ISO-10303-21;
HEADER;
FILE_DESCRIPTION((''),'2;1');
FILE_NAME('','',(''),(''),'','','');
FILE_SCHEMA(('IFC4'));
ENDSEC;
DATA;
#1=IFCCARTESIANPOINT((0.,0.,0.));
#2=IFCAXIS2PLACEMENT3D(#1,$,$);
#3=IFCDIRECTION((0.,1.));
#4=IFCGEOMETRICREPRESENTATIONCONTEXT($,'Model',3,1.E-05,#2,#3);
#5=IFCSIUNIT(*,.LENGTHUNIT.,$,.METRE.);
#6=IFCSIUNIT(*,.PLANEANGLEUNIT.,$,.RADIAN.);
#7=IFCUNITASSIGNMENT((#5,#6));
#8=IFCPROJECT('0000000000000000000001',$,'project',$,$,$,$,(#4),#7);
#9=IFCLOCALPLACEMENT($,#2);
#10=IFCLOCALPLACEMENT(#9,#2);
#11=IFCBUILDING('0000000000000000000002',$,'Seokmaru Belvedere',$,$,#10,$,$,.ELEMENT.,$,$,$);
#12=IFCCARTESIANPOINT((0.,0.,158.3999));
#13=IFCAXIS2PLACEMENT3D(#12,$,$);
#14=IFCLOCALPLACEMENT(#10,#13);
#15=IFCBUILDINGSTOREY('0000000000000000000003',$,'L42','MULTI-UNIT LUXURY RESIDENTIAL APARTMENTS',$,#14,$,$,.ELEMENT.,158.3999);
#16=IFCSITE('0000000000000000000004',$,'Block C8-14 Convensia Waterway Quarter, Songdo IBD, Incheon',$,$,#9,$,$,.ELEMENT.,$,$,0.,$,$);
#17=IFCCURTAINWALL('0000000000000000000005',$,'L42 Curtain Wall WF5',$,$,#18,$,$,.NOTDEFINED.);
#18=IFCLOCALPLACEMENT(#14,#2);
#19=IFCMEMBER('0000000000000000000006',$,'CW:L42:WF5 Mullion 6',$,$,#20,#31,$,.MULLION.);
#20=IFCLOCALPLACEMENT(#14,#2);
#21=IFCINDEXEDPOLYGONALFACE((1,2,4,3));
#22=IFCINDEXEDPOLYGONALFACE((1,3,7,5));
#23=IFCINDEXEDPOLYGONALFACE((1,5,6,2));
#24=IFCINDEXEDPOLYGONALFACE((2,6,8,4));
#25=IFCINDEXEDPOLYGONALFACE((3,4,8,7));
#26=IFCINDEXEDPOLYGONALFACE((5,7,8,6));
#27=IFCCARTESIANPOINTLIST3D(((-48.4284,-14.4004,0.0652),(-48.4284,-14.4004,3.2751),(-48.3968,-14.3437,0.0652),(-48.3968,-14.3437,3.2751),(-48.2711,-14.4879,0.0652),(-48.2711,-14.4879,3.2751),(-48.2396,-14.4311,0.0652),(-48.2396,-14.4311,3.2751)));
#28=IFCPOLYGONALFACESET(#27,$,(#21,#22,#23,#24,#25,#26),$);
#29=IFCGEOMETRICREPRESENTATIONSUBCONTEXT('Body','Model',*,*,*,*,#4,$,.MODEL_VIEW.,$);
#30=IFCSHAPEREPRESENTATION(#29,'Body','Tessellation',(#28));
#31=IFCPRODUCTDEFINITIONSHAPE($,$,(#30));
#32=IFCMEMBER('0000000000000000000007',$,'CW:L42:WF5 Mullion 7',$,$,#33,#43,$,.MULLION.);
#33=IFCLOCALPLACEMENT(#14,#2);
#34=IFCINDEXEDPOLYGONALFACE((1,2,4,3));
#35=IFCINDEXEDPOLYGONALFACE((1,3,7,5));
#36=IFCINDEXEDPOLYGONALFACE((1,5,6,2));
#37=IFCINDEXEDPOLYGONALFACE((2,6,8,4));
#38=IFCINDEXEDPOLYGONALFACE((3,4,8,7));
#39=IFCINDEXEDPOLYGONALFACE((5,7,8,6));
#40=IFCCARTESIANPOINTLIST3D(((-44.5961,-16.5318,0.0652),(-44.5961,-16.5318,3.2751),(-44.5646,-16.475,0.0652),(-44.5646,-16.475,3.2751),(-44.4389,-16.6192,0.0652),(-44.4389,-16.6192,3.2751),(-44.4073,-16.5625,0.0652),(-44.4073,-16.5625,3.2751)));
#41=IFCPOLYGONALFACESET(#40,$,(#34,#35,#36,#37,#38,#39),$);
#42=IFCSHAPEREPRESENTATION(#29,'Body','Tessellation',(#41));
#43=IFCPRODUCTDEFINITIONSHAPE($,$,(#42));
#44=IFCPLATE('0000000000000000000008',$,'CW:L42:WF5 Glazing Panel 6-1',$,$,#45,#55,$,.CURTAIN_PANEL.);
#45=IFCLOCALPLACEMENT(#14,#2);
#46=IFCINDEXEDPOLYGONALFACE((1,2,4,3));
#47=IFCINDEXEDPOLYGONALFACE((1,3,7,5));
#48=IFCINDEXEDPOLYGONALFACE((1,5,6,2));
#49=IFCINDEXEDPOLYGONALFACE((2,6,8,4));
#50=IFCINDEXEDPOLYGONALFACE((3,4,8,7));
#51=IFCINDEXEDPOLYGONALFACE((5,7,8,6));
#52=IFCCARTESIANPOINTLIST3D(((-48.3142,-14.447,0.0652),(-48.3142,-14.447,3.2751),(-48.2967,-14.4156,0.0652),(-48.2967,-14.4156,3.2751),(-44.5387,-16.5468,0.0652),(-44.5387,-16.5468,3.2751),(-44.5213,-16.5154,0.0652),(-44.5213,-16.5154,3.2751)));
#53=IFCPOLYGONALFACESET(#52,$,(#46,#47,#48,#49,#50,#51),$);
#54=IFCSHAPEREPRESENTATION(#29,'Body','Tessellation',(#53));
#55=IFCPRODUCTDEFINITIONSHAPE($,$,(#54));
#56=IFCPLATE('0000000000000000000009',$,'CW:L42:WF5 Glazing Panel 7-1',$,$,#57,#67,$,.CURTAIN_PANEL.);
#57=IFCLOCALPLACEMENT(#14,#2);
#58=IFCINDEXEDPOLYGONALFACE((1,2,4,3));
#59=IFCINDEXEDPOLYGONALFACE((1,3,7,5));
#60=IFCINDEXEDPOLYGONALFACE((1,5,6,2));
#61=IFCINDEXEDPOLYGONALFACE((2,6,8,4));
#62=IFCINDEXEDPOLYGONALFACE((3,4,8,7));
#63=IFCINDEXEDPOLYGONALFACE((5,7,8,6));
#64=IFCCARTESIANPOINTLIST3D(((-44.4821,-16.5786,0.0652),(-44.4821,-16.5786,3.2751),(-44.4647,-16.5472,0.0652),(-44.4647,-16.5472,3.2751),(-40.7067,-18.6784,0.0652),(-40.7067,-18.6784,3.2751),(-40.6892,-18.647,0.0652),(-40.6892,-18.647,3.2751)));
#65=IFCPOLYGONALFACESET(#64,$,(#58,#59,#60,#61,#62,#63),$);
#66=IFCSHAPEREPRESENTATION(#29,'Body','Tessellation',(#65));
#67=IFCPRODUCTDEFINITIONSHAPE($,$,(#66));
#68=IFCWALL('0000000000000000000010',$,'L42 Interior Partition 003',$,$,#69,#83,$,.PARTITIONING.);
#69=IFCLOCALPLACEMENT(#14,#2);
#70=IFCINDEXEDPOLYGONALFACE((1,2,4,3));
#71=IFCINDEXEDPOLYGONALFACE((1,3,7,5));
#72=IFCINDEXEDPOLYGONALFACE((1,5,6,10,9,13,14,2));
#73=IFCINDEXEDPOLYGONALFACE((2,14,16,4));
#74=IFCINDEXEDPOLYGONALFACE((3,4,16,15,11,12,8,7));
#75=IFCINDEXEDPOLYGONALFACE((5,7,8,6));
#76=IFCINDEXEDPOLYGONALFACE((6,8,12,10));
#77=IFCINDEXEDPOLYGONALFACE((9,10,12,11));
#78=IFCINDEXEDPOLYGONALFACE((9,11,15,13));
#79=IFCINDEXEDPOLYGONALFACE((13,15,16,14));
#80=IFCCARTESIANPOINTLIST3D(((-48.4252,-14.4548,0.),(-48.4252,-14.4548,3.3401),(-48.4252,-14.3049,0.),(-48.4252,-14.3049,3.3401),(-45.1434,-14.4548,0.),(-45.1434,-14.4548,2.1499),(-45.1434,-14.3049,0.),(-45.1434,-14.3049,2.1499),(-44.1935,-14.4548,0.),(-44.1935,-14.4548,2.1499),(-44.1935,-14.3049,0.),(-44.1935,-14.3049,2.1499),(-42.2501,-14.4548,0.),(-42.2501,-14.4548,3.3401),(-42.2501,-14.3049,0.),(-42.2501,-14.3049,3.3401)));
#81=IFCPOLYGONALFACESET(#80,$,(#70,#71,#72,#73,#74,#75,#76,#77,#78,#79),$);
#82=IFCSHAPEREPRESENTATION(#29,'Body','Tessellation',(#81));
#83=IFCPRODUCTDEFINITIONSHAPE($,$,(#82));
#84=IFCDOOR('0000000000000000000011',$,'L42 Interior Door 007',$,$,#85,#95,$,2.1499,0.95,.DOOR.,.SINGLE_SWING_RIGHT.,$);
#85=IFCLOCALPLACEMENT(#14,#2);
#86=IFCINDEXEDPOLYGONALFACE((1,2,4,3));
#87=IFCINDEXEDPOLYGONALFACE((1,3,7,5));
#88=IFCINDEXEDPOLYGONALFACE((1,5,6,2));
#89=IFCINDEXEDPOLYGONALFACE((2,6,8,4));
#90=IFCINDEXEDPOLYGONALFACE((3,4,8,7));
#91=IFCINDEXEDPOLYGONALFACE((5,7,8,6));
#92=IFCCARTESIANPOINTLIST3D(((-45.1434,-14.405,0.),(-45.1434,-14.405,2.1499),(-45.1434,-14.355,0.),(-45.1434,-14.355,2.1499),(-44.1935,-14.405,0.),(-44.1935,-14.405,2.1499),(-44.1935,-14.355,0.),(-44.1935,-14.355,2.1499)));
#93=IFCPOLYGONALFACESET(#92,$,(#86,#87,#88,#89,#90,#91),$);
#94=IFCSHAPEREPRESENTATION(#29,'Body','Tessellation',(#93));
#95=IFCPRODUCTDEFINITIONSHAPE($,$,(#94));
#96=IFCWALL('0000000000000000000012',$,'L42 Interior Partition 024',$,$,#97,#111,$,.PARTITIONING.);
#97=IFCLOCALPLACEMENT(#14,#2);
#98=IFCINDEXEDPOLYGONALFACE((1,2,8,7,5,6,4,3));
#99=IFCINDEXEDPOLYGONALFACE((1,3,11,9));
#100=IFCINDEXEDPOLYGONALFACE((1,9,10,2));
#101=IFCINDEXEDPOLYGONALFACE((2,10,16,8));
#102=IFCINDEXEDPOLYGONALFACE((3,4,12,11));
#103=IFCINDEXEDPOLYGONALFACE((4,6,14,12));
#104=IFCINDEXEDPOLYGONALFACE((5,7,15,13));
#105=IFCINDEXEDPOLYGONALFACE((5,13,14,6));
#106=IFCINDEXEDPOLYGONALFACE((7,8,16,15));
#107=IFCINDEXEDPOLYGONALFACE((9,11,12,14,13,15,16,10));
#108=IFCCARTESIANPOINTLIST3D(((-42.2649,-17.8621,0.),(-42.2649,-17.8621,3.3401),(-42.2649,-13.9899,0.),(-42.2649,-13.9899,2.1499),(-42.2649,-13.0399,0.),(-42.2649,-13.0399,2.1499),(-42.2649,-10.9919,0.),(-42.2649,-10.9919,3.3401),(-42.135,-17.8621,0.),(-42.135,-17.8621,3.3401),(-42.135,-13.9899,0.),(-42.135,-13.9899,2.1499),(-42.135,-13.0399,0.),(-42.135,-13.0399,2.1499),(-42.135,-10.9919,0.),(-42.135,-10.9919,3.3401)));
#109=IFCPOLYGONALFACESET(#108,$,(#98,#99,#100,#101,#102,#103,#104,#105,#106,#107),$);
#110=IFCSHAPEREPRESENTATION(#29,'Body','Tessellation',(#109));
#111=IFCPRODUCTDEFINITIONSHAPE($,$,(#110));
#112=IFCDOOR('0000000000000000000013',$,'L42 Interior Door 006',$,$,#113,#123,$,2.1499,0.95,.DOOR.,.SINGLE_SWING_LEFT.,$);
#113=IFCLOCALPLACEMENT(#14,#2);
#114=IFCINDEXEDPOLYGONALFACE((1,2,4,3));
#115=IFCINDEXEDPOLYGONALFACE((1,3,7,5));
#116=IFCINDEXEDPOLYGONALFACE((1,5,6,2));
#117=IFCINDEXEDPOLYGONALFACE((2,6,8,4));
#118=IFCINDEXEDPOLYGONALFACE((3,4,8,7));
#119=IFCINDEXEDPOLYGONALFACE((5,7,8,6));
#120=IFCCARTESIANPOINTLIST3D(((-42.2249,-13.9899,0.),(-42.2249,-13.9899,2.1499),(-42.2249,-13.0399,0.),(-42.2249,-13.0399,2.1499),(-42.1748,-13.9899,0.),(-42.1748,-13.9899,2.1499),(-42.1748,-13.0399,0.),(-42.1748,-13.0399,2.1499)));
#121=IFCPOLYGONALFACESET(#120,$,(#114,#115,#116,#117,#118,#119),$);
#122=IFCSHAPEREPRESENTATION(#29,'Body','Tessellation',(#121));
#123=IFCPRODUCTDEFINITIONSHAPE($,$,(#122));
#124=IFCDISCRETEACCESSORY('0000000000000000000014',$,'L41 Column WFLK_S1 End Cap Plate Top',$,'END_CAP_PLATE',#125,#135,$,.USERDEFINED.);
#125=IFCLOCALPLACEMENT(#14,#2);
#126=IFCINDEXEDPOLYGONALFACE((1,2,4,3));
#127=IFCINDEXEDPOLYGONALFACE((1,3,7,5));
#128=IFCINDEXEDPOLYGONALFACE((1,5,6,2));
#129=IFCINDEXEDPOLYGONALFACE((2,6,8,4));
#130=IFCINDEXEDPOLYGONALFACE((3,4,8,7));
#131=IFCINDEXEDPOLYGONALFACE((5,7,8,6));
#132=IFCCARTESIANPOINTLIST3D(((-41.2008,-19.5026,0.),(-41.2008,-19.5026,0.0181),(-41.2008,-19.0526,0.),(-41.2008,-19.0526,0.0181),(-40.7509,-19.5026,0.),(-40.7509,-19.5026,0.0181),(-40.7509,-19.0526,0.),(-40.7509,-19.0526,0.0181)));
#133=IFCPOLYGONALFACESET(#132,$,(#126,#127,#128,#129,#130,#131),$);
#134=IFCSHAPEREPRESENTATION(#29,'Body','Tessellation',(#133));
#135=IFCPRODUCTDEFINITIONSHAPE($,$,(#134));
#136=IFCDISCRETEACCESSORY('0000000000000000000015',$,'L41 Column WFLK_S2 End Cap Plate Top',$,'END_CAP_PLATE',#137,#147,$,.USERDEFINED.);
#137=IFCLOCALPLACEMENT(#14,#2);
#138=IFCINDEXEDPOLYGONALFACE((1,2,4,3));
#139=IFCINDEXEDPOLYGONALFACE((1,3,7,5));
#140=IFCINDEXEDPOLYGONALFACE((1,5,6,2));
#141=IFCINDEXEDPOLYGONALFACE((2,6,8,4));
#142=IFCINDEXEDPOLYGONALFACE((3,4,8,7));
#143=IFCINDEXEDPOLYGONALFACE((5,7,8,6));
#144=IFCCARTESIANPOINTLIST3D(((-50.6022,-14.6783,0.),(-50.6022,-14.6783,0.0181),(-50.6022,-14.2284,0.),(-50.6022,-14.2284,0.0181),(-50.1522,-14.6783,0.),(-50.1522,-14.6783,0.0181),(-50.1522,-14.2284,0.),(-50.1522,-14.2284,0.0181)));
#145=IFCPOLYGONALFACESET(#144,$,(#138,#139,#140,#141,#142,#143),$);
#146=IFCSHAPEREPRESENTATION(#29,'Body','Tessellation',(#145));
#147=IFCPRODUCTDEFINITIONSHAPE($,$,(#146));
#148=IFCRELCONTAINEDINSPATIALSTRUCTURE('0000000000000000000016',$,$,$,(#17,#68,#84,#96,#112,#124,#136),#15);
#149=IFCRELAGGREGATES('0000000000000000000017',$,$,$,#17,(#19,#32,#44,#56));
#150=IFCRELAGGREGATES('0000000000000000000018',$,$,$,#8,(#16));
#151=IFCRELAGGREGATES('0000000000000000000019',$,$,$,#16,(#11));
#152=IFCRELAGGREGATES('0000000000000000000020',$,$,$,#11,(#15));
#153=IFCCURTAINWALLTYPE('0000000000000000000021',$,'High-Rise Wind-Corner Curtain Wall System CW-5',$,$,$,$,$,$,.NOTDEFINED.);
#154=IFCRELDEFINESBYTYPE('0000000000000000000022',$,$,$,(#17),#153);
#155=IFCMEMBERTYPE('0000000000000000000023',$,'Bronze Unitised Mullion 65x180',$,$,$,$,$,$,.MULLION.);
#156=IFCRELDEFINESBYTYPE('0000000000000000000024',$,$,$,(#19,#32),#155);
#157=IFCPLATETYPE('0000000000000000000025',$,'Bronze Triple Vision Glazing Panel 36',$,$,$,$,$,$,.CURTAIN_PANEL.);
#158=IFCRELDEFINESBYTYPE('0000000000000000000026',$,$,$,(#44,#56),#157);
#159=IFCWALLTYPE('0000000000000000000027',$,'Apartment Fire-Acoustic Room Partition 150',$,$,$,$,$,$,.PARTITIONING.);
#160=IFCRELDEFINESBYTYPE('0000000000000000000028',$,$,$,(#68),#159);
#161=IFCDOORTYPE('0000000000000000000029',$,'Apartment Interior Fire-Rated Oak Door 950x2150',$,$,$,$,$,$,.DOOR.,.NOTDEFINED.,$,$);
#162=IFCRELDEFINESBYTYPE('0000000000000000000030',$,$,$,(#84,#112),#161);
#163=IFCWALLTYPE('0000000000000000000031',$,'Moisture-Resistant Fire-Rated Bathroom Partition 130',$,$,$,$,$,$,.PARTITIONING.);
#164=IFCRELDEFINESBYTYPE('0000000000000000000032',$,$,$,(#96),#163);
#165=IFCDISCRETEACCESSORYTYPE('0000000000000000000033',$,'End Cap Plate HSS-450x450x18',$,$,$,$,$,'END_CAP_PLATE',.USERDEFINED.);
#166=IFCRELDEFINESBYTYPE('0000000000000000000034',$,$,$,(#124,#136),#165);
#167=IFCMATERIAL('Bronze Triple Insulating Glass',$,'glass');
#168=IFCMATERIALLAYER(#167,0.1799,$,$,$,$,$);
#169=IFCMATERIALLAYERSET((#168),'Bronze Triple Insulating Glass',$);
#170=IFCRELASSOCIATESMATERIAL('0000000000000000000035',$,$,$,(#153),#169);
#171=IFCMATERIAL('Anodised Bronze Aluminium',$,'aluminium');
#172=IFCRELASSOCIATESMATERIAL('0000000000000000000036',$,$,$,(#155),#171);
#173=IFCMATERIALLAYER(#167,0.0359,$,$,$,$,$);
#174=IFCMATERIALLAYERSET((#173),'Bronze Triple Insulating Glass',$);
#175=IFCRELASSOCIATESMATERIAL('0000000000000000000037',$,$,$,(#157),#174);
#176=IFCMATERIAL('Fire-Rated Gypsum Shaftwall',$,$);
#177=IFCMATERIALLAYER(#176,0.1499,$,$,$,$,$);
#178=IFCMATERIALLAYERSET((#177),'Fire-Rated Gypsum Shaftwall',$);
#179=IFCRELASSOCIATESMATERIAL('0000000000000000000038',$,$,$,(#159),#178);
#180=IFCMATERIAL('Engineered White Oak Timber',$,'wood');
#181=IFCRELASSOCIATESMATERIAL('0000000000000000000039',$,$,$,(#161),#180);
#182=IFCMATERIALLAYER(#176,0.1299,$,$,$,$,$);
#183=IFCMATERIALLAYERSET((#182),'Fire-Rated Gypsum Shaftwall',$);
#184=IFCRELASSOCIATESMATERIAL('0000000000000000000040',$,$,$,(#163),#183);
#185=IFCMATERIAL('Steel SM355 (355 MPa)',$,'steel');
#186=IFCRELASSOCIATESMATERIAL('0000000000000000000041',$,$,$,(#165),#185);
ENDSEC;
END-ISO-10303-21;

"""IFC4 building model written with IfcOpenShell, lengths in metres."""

from ifc_helpers import new_model, si_unit, direction, frame, frame_2d, origin, origin_2d, place, context, subcontext, project, spatial, rectangle, extrude, source, transform, mapped, material, layer, layer_set, material_profile, profile_set, type_object, type_shapes, element, fill, aggregate, save


model = new_model("IFC4")

# Units and contexts
model_context = context("Model", 3, precision=1e-05, world=origin(), true_north=direction((0.0, 1.0)))
body_context = subcontext(model_context, "Body", "Model", "MODEL_VIEW")
ifc_project = project(units=[si_unit("LENGTHUNIT", "METRE"), si_unit("PLANEANGLEUNIT", "RADIAN")], contexts=[model_context])

# Site, building, storey
site_placement = place(None, origin())
site = spatial("IfcSite", under=ifc_project, at=site_placement, Name="Block C8-14 Convensia Waterway Quarter, Songdo IBD, Incheon", CompositionType="ELEMENT", RefElevation=0.0)
building_placement = place(site_placement, origin())
building = spatial("IfcBuilding", under=site, at=building_placement, Name="Seokmaru Belvedere", CompositionType="ELEMENT")
storey_placement = place(building_placement, frame((0.0, 0.0, 158.3999)))
storey = spatial("IfcBuildingStorey", under=building, at=storey_placement, Name="L42", Description="MULTI-UNIT LUXURY RESIDENTIAL APARTMENTS", CompositionType="ELEMENT", Elevation=158.3999)

# Shared definitions
ifc_material_1 = material(Name="Steel SM355 (355 MPa)", Category="steel")

# Curtain wall, members, plates
ifc_material_2 = material(Name="Bronze Triple Insulating Glass", Category="glass")
ifc_layer_1 = layer(ifc_material_2, 0.1799)
ifc_layer_set_1 = layer_set([ifc_layer_1], Name="Bronze Triple Insulating Glass")
curtain_wall_type = type_object("IfcCurtainWallType", Name="High-Rise Wind-Corner Curtain Wall System CW-5", PredefinedType="NOTDEFINED", material=ifc_layer_set_1)
curtain_wall_placement = place(storey_placement, origin())
curtain_wall = element("IfcCurtainWall", 1, at=curtain_wall_placement, inside=storey, type_object=curtain_wall_type, Name="L42 Curtain Wall WF5", PredefinedType="NOTDEFINED")
ifc_material_3 = material(Name="Anodised Bronze Aluminium", Category="aluminium")
ifc_material_profile_1 = material_profile(ifc_material_3, rectangle(XDim=0.0649, YDim=0.1799, at=origin_2d()), Name="CW-M-65x180")
ifc_profile_set_1 = profile_set([ifc_material_profile_1], Name="Anodised Bronze Aluminium")
member_type = type_object("IfcMemberType", Name="Bronze Unitised Mullion 65x180", PredefinedType="MULLION", material=ifc_profile_set_1)
shared_shape_1 = source(origin(), body_context, "Body", "SweptSolid", [
    extrude(rectangle(XDim=0.0649, YDim=0.1799, at=origin_2d()), origin(), (0.0, 0.0, 1.0), 3.21),
])
type_shapes(member_type, [shared_shape_1])
member_1_placement = place(storey_placement, frame((-48.334, -14.4158, 0.0652), z_axis=(0.0, 0.0, 1.0), x_axis=(0.486047, 0.873933, 0.0)))
member_1 = element("IfcMember", 2, at=member_1_placement, type_object=member_type, Name="CW:L42:WF5 Mullion 6", PredefinedType="MULLION", context=body_context, shape_type="MappedRepresentation", body=[
    mapped(shared_shape_1, transform((0.0, 0.0, 0.0), scale=1.0)),
])
member_2_placement = place(storey_placement, frame((-44.5017, -16.5471, 0.0652), z_axis=(0.0, 0.0, 1.0), x_axis=(0.486047, 0.873933, 0.0)))
member_2 = element("IfcMember", 3, at=member_2_placement, type_object=member_type, Name="CW:L42:WF5 Mullion 7", PredefinedType="MULLION", context=body_context, shape_type="MappedRepresentation", body=[
    mapped(shared_shape_1, transform((0.0, 0.0, 0.0), scale=1.0)),
])
ifc_layer_2 = layer(ifc_material_2, 0.0359)
ifc_layer_set_2 = layer_set([ifc_layer_2], Name="Bronze Triple Insulating Glass")
plate_type = type_object("IfcPlateType", Name="Bronze Triple Vision Glazing Panel 36", PredefinedType="CURTAIN_PANEL", material=ifc_layer_set_2)
shared_shape_2 = source(origin(), body_context, "Body", "SweptSolid", [
    extrude(rectangle(XDim=4.3201, YDim=0.0359, at=origin_2d()), origin(), (0.0, 0.0, 1.0), 3.21),
])
type_shapes(plate_type, [shared_shape_2])
plate_1_placement = place(storey_placement, frame((-46.4177, -15.4812, 0.0652), z_axis=(0.0, 0.0, 1.0), x_axis=(0.873933, -0.486047, 0.0)))
plate_1 = element("IfcPlate", 4, at=plate_1_placement, type_object=plate_type, Name="CW:L42:WF5 Glazing Panel 6-1", PredefinedType="CURTAIN_PANEL", context=body_context, shape_type="MappedRepresentation", body=[
    mapped(shared_shape_2, transform((0.0, 0.0, 0.0), scale=1.0)),
])
plate_2_placement = place(storey_placement, frame((-42.5857, -17.6128, 0.0652), z_axis=(0.0, 0.0, 1.0), x_axis=(0.873933, -0.486047, 0.0)))
plate_2 = element("IfcPlate", 5, at=plate_2_placement, type_object=plate_type, Name="CW:L42:WF5 Glazing Panel 7-1", PredefinedType="CURTAIN_PANEL", context=body_context, shape_type="MappedRepresentation", body=[
    mapped(shared_shape_2, transform((0.0, 0.0, 0.0), scale=1.0)),
])
aggregate(curtain_wall, [member_1, member_2, plate_1, plate_2])

# Walls, openings, doors
ifc_material_4 = material(Name="Fire-Rated Gypsum Shaftwall")
ifc_layer_3 = layer(ifc_material_4, 0.1499)
ifc_layer_set_3 = layer_set([ifc_layer_3], Name="Fire-Rated Gypsum Shaftwall")
wall_type_1 = type_object("IfcWallType", Name="Apartment Fire-Acoustic Room Partition 150", PredefinedType="PARTITIONING", material=ifc_layer_set_3)
wall_1_placement = place(storey_placement, frame((-48.425, -14.3799, 0.0), z_axis=(0.0, 0.0, 1.0), x_axis=(1.0, 0.0, 0.0)))
wall_1 = element("IfcWall", 6, at=wall_1_placement, inside=storey, type_object=wall_type_1, Name="L42 Interior Partition 003", PredefinedType="PARTITIONING", context=body_context, shape_type="SweptSolid", body=[
    extrude(rectangle(XDim=6.175, YDim=0.1499, at=frame_2d((3.0874, 0.0))), origin(), (0.0, 0.0, 1.0), 3.3401),
])
opening_1_placement = place(wall_1_placement, frame((3.2815, 0.0, 0.0)))
opening_1 = element("IfcOpeningElement", 7, at=opening_1_placement, cuts=wall_1, PredefinedType="OPENING", context=body_context, shape_type="SweptSolid", body=[
    extrude(rectangle(XDim=0.95, YDim=2.1499, at=frame_2d((0.4751, 1.075))), frame((0.0, 0.085, 0.0), z_axis=(0.0, -1.0, 0.0), x_axis=(1.0, 0.0, 0.0)), (0.0, 0.0, 1.0), 0.1699),
])
ifc_material_5 = material(Name="Engineered White Oak Timber", Category="wood")
door_type = type_object("IfcDoorType", Name="Apartment Interior Fire-Rated Oak Door 950x2150", OperationType="NOTDEFINED", PredefinedType="DOOR", material=ifc_material_5)
shared_shape_3 = source(origin(), body_context, "Body", "SweptSolid", [
    extrude(rectangle(XDim=0.95, YDim=2.1499, at=frame_2d((0.4751, 1.075))), frame((0.0, 0.0249, 0.0), z_axis=(0.0, -1.0, 0.0), x_axis=(1.0, 0.0, 0.0)), (0.0, 0.0, 1.0), 0.05),
])
type_shapes(door_type, [shared_shape_3])
door_1_placement = place(opening_1_placement, origin())
door_1 = element("IfcDoor", 8, at=door_1_placement, inside=storey, type_object=door_type, Name="L42 Interior Door 007", OperationType="SINGLE_SWING_RIGHT", OverallHeight=2.1499, OverallWidth=0.95, PredefinedType="DOOR", context=body_context, shape_type="MappedRepresentation", body=[
    mapped(shared_shape_3, transform((0.0, 0.0, 0.0), scale=1.0)),
])
fill(opening_1, door_1)
ifc_layer_4 = layer(ifc_material_4, 0.1299)
ifc_layer_set_4 = layer_set([ifc_layer_4], Name="Fire-Rated Gypsum Shaftwall")
wall_type_2 = type_object("IfcWallType", Name="Moisture-Resistant Fire-Rated Bathroom Partition 130", PredefinedType="PARTITIONING", material=ifc_layer_set_4)
wall_2_placement = place(storey_placement, frame((-42.2, -17.8621, 0.0), z_axis=(0.0, 0.0, 1.0), x_axis=(0.0, 1.0, 0.0)))
wall_2 = element("IfcWall", 9, at=wall_2_placement, inside=storey, type_object=wall_type_2, Name="L42 Interior Partition 024", PredefinedType="PARTITIONING", context=body_context, shape_type="SweptSolid", body=[
    extrude(rectangle(XDim=6.8701, YDim=0.1299, at=frame_2d((3.4351, 0.0))), origin(), (0.0, 0.0, 1.0), 3.3401),
])
opening_2_placement = place(wall_2_placement, frame((3.8721, 0.0, 0.0)))
opening_2 = element("IfcOpeningElement", 10, at=opening_2_placement, cuts=wall_2, PredefinedType="OPENING", context=body_context, shape_type="SweptSolid", body=[
    extrude(rectangle(XDim=0.95, YDim=2.1499, at=frame_2d((0.4751, 1.075))), frame((0.0, 0.075, 0.0), z_axis=(0.0, -1.0, 0.0), x_axis=(1.0, 0.0, 0.0)), (0.0, 0.0, 1.0), 0.1499),
])
door_2_placement = place(opening_2_placement, origin())
door_2 = element("IfcDoor", 11, at=door_2_placement, inside=storey, type_object=door_type, Name="L42 Interior Door 006", OperationType="SINGLE_SWING_LEFT", OverallHeight=2.1499, OverallWidth=0.95, PredefinedType="DOOR", context=body_context, shape_type="MappedRepresentation", body=[
    mapped(shared_shape_3, transform((0.0, 0.0, 0.0), scale=1.0)),
])
fill(opening_2, door_2)

# Discrete accessories
discrete_accessory_type = type_object("IfcDiscreteAccessoryType", Name="End Cap Plate HSS-450x450x18", ElementType="END_CAP_PLATE", PredefinedType="USERDEFINED", material=ifc_material_1)
shared_shape_4 = source(origin(), body_context, "Body", "SweptSolid", [
    extrude(rectangle(XDim=0.45, YDim=0.45, at=origin_2d()), origin(), (0.0, 0.0, 1.0), 0.0181),
])
type_shapes(discrete_accessory_type, [shared_shape_4])
for number, where, z_axis, x_axis, name in (
    (12, (-40.9758, -19.2776, 0.0), (0.0, 0.0, 1.0), (1.0, 0.0, 0.0), "L41 Column WFLK_S1 End Cap Plate Top"),
    (13, (-50.3772, -14.4534, 0.0), (0.0, 0.0, 1.0), (1.0, 0.0, 0.0), "L41 Column WFLK_S2 End Cap Plate Top"),
):
    element("IfcDiscreteAccessory", number, at=place(storey_placement, frame(where, z_axis=z_axis, x_axis=x_axis)), inside=storey, type_object=discrete_accessory_type, Name=name, ObjectType="END_CAP_PLATE", PredefinedType="USERDEFINED", context=body_context, shape_type="MappedRepresentation", body=[
        mapped(shared_shape_4, transform((0.0, 0.0, 0.0), scale=1.0)),
    ])

save(model, "model.ifc")
